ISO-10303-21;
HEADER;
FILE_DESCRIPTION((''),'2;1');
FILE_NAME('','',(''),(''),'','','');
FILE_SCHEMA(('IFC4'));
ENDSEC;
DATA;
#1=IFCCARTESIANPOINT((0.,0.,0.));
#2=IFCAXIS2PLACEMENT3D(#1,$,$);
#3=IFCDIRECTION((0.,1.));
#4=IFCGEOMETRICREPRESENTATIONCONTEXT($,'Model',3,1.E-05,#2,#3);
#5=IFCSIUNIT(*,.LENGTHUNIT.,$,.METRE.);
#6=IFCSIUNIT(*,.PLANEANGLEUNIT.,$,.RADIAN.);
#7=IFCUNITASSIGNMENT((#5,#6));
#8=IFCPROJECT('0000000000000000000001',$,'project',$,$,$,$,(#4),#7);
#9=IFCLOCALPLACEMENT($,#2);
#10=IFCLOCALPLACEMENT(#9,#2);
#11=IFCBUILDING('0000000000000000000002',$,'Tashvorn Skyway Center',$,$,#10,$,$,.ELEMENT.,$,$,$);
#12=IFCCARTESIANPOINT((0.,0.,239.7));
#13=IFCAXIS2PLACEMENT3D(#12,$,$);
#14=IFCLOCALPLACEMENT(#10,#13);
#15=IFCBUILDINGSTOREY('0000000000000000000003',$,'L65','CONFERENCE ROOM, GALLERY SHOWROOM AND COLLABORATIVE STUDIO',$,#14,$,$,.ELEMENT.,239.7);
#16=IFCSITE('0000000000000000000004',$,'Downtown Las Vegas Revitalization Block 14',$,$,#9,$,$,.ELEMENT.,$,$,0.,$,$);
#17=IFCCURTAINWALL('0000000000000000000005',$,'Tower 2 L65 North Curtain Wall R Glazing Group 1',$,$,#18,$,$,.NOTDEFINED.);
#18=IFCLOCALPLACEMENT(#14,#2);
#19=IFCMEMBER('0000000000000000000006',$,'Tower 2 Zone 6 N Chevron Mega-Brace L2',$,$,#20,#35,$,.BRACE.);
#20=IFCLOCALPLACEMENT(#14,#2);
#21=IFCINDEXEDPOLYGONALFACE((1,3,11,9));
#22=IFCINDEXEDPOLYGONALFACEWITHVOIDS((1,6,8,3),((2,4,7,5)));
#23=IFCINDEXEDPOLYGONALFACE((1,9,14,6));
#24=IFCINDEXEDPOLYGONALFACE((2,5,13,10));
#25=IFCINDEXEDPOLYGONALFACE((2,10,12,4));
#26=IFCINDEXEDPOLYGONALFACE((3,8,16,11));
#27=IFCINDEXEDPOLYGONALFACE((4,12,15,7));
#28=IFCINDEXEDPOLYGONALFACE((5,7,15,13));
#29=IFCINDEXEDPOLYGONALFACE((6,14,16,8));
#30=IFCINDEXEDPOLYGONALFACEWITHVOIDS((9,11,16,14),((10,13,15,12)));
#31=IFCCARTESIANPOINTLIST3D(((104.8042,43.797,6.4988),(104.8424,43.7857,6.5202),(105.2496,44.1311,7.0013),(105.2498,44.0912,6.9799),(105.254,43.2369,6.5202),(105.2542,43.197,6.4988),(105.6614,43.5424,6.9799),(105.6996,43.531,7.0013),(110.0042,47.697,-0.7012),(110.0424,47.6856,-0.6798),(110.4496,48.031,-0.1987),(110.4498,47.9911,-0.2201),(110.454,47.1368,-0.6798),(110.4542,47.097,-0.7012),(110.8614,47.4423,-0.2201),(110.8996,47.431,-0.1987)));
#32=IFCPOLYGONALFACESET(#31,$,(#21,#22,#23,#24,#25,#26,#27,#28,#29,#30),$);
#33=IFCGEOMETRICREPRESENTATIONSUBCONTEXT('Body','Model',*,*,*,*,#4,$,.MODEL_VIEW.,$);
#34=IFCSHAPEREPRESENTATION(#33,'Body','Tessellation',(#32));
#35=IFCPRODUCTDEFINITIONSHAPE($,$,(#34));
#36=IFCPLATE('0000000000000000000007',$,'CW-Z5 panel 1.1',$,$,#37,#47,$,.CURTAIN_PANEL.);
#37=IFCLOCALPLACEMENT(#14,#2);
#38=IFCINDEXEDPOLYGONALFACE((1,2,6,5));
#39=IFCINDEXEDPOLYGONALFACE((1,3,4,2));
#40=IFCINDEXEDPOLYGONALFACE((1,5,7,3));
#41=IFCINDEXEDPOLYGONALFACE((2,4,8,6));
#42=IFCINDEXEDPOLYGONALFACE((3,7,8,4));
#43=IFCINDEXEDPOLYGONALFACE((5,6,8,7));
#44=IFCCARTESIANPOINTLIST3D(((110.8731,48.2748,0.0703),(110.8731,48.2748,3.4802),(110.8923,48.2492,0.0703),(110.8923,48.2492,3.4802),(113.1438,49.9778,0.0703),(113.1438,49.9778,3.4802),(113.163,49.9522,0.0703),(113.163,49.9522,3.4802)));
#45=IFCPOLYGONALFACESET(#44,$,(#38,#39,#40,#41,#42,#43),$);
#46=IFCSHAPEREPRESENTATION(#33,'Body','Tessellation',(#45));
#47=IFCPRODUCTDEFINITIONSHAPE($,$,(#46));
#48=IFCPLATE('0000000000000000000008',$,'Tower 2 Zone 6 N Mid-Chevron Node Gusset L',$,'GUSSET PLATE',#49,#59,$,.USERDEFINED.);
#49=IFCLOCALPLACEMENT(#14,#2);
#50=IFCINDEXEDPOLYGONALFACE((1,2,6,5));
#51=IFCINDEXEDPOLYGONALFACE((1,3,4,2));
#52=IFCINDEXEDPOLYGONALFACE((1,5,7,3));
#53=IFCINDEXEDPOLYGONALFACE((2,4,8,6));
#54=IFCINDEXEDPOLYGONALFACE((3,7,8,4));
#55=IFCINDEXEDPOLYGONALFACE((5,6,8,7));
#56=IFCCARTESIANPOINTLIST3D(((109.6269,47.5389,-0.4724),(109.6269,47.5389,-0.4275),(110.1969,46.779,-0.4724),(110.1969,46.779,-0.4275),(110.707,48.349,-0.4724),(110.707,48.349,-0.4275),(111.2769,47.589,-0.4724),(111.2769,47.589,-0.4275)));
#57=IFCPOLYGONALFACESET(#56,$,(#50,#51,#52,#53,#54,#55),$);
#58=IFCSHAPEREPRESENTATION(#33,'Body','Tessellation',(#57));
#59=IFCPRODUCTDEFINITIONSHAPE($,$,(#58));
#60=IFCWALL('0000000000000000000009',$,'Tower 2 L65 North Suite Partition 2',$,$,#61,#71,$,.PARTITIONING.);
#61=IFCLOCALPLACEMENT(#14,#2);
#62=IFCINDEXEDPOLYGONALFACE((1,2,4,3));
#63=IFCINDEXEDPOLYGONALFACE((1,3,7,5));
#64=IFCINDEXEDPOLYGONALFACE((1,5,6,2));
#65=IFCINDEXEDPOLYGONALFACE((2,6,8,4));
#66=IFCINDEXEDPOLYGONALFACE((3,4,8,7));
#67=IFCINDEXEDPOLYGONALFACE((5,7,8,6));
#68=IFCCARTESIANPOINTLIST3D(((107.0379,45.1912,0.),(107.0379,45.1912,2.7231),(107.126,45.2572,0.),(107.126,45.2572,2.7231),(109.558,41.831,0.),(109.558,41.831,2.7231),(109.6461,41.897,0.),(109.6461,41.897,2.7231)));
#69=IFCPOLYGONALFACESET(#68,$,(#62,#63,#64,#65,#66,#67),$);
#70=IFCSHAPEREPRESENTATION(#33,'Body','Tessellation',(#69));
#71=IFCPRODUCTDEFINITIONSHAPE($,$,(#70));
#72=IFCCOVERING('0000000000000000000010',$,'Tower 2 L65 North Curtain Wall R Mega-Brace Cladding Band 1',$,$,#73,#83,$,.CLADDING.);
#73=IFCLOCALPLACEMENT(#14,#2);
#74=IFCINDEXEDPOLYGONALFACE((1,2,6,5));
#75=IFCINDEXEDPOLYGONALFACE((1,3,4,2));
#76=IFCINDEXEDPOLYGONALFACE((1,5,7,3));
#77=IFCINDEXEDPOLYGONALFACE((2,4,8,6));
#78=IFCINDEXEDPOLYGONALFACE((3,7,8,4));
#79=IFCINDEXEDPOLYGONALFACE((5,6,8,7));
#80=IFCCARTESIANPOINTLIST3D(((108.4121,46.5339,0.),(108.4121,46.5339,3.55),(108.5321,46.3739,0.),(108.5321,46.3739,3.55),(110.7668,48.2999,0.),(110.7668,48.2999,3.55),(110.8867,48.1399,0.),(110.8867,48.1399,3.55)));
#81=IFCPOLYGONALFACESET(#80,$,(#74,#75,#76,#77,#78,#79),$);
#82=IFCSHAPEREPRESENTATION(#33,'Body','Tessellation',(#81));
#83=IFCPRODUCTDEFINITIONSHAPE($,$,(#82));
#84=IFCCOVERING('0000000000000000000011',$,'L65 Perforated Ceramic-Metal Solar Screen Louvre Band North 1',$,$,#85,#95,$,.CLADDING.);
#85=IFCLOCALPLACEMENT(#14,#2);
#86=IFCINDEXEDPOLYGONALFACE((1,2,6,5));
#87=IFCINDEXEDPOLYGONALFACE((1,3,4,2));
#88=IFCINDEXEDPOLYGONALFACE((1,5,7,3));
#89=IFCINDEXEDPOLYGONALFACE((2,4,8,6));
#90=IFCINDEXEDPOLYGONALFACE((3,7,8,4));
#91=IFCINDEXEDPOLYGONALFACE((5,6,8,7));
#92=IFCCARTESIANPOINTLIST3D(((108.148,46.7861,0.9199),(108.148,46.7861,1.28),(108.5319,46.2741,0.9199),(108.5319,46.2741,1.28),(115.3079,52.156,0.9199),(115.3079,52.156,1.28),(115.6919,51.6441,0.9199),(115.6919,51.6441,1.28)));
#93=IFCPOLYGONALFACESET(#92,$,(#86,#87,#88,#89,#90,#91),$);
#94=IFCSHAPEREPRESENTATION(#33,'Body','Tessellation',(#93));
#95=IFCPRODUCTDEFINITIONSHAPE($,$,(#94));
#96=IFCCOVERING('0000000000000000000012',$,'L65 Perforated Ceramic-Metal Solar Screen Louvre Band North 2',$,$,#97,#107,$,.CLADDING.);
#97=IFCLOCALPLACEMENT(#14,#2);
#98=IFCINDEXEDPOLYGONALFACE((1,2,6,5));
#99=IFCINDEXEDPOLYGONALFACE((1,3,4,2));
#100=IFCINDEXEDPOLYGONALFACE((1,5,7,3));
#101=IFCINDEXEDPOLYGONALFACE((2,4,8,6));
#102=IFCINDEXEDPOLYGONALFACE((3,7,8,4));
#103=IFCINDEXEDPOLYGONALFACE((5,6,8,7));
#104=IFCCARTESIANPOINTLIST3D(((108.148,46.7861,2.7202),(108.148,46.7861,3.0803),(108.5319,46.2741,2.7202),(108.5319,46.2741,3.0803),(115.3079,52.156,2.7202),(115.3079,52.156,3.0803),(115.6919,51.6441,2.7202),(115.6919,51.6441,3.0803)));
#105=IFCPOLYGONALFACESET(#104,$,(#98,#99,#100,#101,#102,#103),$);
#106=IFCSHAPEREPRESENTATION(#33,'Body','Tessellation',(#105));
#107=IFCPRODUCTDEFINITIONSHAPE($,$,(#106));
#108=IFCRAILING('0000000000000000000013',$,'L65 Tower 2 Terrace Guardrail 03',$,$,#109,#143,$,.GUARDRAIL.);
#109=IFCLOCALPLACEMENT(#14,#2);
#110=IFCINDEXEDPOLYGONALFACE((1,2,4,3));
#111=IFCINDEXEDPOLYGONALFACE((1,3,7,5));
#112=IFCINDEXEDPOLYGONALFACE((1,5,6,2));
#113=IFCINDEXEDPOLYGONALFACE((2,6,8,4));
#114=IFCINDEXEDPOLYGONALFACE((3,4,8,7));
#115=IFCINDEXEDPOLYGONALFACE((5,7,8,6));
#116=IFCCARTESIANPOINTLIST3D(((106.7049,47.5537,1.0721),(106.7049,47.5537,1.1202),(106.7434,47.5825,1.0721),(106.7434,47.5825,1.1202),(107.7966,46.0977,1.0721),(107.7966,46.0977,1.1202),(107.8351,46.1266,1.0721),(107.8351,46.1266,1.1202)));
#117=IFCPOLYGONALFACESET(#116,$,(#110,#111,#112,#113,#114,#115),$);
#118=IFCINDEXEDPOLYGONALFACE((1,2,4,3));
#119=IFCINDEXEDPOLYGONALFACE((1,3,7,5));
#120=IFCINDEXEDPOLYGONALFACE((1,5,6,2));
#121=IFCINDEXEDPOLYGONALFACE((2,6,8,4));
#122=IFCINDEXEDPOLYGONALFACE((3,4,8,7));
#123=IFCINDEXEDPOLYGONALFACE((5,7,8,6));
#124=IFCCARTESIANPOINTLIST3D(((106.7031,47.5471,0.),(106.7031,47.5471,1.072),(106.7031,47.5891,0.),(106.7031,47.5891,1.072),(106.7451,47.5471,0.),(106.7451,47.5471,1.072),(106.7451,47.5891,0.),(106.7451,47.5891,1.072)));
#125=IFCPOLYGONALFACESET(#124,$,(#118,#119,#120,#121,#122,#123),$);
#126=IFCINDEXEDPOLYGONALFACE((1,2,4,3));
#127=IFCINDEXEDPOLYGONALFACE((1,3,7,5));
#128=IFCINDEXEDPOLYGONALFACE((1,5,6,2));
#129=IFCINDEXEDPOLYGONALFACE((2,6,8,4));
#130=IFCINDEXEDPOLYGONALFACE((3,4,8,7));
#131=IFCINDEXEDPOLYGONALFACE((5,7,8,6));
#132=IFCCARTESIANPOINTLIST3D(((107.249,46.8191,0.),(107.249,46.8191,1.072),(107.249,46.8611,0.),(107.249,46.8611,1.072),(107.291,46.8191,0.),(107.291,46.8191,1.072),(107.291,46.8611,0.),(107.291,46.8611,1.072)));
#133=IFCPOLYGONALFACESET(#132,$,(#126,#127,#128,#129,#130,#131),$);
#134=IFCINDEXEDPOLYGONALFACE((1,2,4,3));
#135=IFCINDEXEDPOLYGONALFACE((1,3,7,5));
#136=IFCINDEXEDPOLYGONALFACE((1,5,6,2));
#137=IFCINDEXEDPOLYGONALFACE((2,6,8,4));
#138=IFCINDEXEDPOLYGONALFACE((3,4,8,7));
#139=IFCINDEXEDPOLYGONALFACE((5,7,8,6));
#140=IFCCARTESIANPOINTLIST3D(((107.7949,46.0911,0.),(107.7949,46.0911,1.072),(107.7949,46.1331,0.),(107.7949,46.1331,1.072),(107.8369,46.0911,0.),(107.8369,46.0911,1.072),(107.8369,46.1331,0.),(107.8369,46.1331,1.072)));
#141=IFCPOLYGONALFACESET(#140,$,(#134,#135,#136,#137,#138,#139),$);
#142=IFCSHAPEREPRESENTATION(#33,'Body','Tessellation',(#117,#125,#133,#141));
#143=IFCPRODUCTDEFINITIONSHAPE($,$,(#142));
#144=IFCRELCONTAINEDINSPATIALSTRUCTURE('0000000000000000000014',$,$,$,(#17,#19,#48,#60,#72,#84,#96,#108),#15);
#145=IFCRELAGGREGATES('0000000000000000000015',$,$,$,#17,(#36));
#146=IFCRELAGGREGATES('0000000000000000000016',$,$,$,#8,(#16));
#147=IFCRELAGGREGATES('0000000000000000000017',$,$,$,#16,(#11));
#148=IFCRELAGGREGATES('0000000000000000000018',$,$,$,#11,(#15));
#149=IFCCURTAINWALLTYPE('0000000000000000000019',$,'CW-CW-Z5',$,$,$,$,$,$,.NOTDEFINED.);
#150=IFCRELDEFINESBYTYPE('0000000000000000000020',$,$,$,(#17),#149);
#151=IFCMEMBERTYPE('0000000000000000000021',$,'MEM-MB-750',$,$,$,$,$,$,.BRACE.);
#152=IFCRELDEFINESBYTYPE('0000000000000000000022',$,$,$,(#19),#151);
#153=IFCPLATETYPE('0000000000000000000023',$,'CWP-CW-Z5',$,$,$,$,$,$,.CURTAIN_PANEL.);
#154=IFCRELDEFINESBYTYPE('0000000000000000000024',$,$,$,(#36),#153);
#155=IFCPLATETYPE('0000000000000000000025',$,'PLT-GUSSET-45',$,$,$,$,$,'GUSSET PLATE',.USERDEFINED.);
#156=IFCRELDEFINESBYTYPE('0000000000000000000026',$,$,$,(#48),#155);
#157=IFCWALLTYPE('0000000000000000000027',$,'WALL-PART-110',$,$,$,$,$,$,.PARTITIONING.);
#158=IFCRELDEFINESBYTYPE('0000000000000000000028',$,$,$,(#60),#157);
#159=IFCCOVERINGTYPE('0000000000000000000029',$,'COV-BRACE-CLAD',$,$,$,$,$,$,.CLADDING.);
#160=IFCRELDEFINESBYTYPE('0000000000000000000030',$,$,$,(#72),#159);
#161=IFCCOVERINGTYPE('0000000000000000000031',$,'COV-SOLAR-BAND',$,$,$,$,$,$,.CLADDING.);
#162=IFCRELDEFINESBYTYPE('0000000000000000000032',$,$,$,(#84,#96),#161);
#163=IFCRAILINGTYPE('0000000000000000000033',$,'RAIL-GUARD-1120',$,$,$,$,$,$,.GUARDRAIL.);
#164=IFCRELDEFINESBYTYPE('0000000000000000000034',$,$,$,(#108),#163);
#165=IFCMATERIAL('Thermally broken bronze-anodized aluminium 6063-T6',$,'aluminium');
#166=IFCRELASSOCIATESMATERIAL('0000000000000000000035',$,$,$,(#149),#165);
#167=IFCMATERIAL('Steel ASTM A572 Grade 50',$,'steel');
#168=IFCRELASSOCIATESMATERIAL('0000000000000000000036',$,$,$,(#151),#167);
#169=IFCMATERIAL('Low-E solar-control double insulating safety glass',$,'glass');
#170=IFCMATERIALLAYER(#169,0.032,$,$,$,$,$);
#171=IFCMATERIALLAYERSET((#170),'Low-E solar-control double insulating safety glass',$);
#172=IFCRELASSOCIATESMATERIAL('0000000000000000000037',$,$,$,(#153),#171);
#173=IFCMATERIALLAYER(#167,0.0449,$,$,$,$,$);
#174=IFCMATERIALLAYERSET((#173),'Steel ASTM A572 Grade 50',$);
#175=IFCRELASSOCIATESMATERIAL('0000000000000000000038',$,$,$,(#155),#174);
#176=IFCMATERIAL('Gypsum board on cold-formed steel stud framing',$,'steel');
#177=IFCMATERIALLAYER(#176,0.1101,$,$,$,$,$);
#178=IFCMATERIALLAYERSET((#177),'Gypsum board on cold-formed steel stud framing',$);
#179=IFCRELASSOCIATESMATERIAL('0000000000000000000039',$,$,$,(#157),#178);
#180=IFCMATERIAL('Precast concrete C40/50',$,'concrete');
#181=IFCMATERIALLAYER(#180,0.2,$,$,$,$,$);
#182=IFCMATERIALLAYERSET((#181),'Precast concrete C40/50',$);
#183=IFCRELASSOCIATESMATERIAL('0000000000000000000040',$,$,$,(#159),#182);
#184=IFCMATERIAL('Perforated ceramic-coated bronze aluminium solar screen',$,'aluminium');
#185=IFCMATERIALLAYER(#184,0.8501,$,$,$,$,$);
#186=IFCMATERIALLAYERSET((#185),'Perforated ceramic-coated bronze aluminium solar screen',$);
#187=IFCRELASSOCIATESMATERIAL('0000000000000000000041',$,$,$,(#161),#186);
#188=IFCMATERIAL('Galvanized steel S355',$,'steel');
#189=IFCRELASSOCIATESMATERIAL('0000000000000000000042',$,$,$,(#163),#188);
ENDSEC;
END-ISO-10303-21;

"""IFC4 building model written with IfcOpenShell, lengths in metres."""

from ifc_helpers import new_model, si_unit, direction, frame, frame_2d, origin, origin_2d, place, context, subcontext, project, spatial, rectangle, hollow_rectangle, extrude, material, layer, layer_set, material_profile, profile_set, type_object, element, aggregate, save


model = new_model("IFC4")

# Units and contexts
model_context = context("Model", 3, precision=1e-05, world=origin(), true_north=direction((0.0, 1.0)))
body_context = subcontext(model_context, "Body", "Model", "MODEL_VIEW")
ifc_project = project(units=[si_unit("LENGTHUNIT", "METRE"), si_unit("PLANEANGLEUNIT", "RADIAN")], contexts=[model_context])

# Site, building, storey
site_placement = place(None, origin())
site = spatial("IfcSite", under=ifc_project, at=site_placement, Name="Downtown Las Vegas Revitalization Block 14", CompositionType="ELEMENT", RefElevation=0.0)
building_placement = place(site_placement, origin())
building = spatial("IfcBuilding", under=site, at=building_placement, Name="Tashvorn Skyway Center", CompositionType="ELEMENT")
storey_placement = place(building_placement, frame((0.0, 0.0, 239.7)))
storey = spatial("IfcBuildingStorey", under=building, at=storey_placement, Name="L65", Description="CONFERENCE ROOM, GALLERY SHOWROOM AND COLLABORATIVE STUDIO", CompositionType="ELEMENT", Elevation=239.7)

# Shared definitions
ifc_material_1 = material(Name="Steel ASTM A572 Grade 50", Category="steel")

# Curtain wall
ifc_material_2 = material(Name="Thermally broken bronze-anodized aluminium 6063-T6", Category="aluminium")
curtain_wall_type = type_object("IfcCurtainWallType", Name="CW-CW-Z5", PredefinedType="NOTDEFINED", material=ifc_material_2)
curtain_wall_placement = place(storey_placement, origin())
curtain_wall = element("IfcCurtainWall", 1, at=curtain_wall_placement, inside=storey, type_object=curtain_wall_type, Name="Tower 2 L65 North Curtain Wall R Glazing Group 1", PredefinedType="NOTDEFINED")

# Member
ifc_material_profile_1 = material_profile(ifc_material_1, hollow_rectangle(XDim=0.75, YDim=0.75, WallThickness=0.032, at=origin_2d()), Name="BOX750x750x32")
ifc_profile_set_1 = profile_set([ifc_material_profile_1], Name="Steel ASTM A572 Grade 50")
member_type_1 = type_object("IfcMemberType", Name="MEM-MB-750", PredefinedType="BRACE", material=ifc_profile_set_1)
member_1_placement = place(storey_placement, frame((110.4519, 47.564, -0.45), z_axis=(-0.536083, -0.402056, 0.742271), x_axis=(0.599994, -0.800005, 0.0)))
element("IfcMember", 2, at=member_1_placement, inside=storey, type_object=member_type_1, Name="Tower 2 Zone 6 N Chevron Mega-Brace L2", PredefinedType="BRACE", context=body_context, shape_type="SweptSolid", body=[
    extrude(hollow_rectangle(XDim=0.75, YDim=0.75, WallThickness=0.032, at=origin_2d()), origin(), (0.0, 0.0, 1.0), 9.7),
])

# Plates
ifc_material_3 = material(Name="Low-E solar-control double insulating safety glass", Category="glass")
ifc_layer_1 = layer(ifc_material_3, 0.032)
ifc_layer_set_1 = layer_set([ifc_layer_1], Name="Low-E solar-control double insulating safety glass")
plate_type_1 = type_object("IfcPlateType", Name="CWP-CW-Z5", PredefinedType="CURTAIN_PANEL", material=ifc_layer_set_1)
plate_1_placement = place(storey_placement, frame((112.0181, 49.1135, 0.0703), z_axis=(0.0, 0.0, 1.0), x_axis=(0.799998, 0.600003, 0.0)))
plate_1 = element("IfcPlate", 3, at=plate_1_placement, type_object=plate_type_1, Name="CW-Z5 panel 1.1", PredefinedType="CURTAIN_PANEL", context=body_context, shape_type="SweptSolid", body=[
    extrude(rectangle(XDim=2.8384, YDim=0.032, at=origin_2d()), origin(), (0.0, 0.0, 1.0), 3.4099),
])
aggregate(curtain_wall, [plate_1])
ifc_layer_2 = layer(ifc_material_1, 0.0449)
ifc_layer_set_2 = layer_set([ifc_layer_2], Name="Steel ASTM A572 Grade 50")
plate_type_2 = type_object("IfcPlateType", Name="PLT-GUSSET-45", ElementType="GUSSET PLATE", PredefinedType="USERDEFINED", material=ifc_layer_set_2)
plate_2_placement = place(storey_placement, frame((110.4519, 47.564, -0.4724), z_axis=(0.0, 0.0, 1.0), x_axis=(-0.8, -0.6, 0.0)))
element("IfcPlate", 4, at=plate_2_placement, inside=storey, type_object=plate_type_2, Name="Tower 2 Zone 6 N Mid-Chevron Node Gusset L", ObjectType="GUSSET PLATE", PredefinedType="USERDEFINED", context=body_context, shape_type="SweptSolid", body=[
    extrude(rectangle(XDim=1.3501, YDim=0.95, at=origin_2d()), origin(), (0.0, 0.0, 1.0), 0.0449),
])

# Wall
ifc_material_4 = material(Name="Gypsum board on cold-formed steel stud framing", Category="steel")
ifc_layer_3 = layer(ifc_material_4, 0.1101)
ifc_layer_set_3 = layer_set([ifc_layer_3], Name="Gypsum board on cold-formed steel stud framing")
wall_type = type_object("IfcWallType", Name="WALL-PART-110", PredefinedType="PARTITIONING", material=ifc_layer_set_3)
wall_placement = place(storey_placement, frame((109.6021, 41.864, 0.0), z_axis=(0.0, 0.0, 1.0), x_axis=(-0.599991, 0.800007, 0.0)))
element("IfcWall", 5, at=wall_placement, inside=storey, type_object=wall_type, Name="Tower 2 L65 North Suite Partition 2", PredefinedType="PARTITIONING", context=body_context, shape_type="SweptSolid", body=[
    extrude(rectangle(XDim=4.2002, YDim=0.1101, at=frame_2d((2.1001, 0.0))), origin(), (0.0, 0.0, 1.0), 2.7231),
])

# Coverings
ifc_material_5 = material(Name="Precast concrete C40/50", Category="concrete")
ifc_layer_4 = layer(ifc_material_5, 0.2)
ifc_layer_set_4 = layer_set([ifc_layer_4], Name="Precast concrete C40/50")
covering_type_1 = type_object("IfcCoveringType", Name="COV-BRACE-CLAD", PredefinedType="CLADDING", material=ifc_layer_set_4)
covering_placement = place(storey_placement, frame((109.6494, 47.3369, 0.0), z_axis=(0.0, 0.0, 1.0), x_axis=(0.8, 0.6, 0.0)))
element("IfcCovering", 6, at=covering_placement, inside=storey, type_object=covering_type_1, Name="Tower 2 L65 North Curtain Wall R Mega-Brace Cladding Band 1", PredefinedType="CLADDING", context=body_context, shape_type="SweptSolid", body=[
    extrude(rectangle(XDim=2.9434, YDim=0.2, at=origin_2d()), origin(), (0.0, 0.0, 1.0), 3.55),
])
ifc_material_6 = material(Name="Perforated ceramic-coated bronze aluminium solar screen", Category="aluminium")
ifc_layer_5 = layer(ifc_material_6, 0.8501)
ifc_layer_set_5 = layer_set([ifc_layer_5], Name="Perforated ceramic-coated bronze aluminium solar screen")
covering_type_2 = type_object("IfcCoveringType", Name="COV-SOLAR-BAND", PredefinedType="CLADDING", material=ifc_layer_set_5)
for number, where, z_axis, x_axis, name in (
    (7, (111.9199, 49.2151, 0.9199), (0.0, 0.0, 1.0), (0.8, 0.6, 0.0), "L65 Perforated Ceramic-Metal Solar Screen Louvre Band North 1"),
    (8, (111.9199, 49.2151, 2.7202), (0.0, 0.0, 1.0), (0.8, 0.6, 0.0), "L65 Perforated Ceramic-Metal Solar Screen Louvre Band North 2"),
):
    element("IfcCovering", number, at=place(storey_placement, frame(where, z_axis=z_axis, x_axis=x_axis)), inside=storey, type_object=covering_type_2, Name=name, PredefinedType="CLADDING", context=body_context, shape_type="SweptSolid", body=[
        extrude(rectangle(XDim=8.95, YDim=0.6399, at=origin_2d()), origin(), (0.0, 0.0, 1.0), 0.3601),
    ])

# Railing
ifc_material_7 = material(Name="Galvanized steel S355", Category="steel")
railing_type = type_object("IfcRailingType", Name="RAIL-GUARD-1120", PredefinedType="GUARDRAIL", material=ifc_material_7)
railing_placement = place(storey_placement, frame((106.7241, 47.5681, 0.0)))
element("IfcRailing", 9, at=railing_placement, inside=storey, type_object=railing_type, Name="L65 Tower 2 Terrace Guardrail 03", PredefinedType="GUARDRAIL", context=body_context, shape_type="SweptSolid", body=[
    extrude(rectangle(XDim=0.0481, YDim=0.0481, at=origin_2d()), frame((0.0, 0.0, 1.0962), z_axis=(0.599914, -0.800064, 0.0), x_axis=(0.800064, 0.599914, 0.0)), (0.0, 0.0, 1.0), 1.8198),
    extrude(rectangle(XDim=0.042, YDim=0.042, at=origin_2d()), origin(), (0.0, 0.0, 1.0), 1.072),
    extrude(rectangle(XDim=0.042, YDim=0.042, at=origin_2d()), frame((0.5459, -0.728, 0.0)), (0.0, 0.0, 1.0), 1.072),
    extrude(rectangle(XDim=0.042, YDim=0.042, at=origin_2d()), frame((1.0918, -1.4561, 0.0)), (0.0, 0.0, 1.0), 1.072),
])

save(model, "model.ifc")
